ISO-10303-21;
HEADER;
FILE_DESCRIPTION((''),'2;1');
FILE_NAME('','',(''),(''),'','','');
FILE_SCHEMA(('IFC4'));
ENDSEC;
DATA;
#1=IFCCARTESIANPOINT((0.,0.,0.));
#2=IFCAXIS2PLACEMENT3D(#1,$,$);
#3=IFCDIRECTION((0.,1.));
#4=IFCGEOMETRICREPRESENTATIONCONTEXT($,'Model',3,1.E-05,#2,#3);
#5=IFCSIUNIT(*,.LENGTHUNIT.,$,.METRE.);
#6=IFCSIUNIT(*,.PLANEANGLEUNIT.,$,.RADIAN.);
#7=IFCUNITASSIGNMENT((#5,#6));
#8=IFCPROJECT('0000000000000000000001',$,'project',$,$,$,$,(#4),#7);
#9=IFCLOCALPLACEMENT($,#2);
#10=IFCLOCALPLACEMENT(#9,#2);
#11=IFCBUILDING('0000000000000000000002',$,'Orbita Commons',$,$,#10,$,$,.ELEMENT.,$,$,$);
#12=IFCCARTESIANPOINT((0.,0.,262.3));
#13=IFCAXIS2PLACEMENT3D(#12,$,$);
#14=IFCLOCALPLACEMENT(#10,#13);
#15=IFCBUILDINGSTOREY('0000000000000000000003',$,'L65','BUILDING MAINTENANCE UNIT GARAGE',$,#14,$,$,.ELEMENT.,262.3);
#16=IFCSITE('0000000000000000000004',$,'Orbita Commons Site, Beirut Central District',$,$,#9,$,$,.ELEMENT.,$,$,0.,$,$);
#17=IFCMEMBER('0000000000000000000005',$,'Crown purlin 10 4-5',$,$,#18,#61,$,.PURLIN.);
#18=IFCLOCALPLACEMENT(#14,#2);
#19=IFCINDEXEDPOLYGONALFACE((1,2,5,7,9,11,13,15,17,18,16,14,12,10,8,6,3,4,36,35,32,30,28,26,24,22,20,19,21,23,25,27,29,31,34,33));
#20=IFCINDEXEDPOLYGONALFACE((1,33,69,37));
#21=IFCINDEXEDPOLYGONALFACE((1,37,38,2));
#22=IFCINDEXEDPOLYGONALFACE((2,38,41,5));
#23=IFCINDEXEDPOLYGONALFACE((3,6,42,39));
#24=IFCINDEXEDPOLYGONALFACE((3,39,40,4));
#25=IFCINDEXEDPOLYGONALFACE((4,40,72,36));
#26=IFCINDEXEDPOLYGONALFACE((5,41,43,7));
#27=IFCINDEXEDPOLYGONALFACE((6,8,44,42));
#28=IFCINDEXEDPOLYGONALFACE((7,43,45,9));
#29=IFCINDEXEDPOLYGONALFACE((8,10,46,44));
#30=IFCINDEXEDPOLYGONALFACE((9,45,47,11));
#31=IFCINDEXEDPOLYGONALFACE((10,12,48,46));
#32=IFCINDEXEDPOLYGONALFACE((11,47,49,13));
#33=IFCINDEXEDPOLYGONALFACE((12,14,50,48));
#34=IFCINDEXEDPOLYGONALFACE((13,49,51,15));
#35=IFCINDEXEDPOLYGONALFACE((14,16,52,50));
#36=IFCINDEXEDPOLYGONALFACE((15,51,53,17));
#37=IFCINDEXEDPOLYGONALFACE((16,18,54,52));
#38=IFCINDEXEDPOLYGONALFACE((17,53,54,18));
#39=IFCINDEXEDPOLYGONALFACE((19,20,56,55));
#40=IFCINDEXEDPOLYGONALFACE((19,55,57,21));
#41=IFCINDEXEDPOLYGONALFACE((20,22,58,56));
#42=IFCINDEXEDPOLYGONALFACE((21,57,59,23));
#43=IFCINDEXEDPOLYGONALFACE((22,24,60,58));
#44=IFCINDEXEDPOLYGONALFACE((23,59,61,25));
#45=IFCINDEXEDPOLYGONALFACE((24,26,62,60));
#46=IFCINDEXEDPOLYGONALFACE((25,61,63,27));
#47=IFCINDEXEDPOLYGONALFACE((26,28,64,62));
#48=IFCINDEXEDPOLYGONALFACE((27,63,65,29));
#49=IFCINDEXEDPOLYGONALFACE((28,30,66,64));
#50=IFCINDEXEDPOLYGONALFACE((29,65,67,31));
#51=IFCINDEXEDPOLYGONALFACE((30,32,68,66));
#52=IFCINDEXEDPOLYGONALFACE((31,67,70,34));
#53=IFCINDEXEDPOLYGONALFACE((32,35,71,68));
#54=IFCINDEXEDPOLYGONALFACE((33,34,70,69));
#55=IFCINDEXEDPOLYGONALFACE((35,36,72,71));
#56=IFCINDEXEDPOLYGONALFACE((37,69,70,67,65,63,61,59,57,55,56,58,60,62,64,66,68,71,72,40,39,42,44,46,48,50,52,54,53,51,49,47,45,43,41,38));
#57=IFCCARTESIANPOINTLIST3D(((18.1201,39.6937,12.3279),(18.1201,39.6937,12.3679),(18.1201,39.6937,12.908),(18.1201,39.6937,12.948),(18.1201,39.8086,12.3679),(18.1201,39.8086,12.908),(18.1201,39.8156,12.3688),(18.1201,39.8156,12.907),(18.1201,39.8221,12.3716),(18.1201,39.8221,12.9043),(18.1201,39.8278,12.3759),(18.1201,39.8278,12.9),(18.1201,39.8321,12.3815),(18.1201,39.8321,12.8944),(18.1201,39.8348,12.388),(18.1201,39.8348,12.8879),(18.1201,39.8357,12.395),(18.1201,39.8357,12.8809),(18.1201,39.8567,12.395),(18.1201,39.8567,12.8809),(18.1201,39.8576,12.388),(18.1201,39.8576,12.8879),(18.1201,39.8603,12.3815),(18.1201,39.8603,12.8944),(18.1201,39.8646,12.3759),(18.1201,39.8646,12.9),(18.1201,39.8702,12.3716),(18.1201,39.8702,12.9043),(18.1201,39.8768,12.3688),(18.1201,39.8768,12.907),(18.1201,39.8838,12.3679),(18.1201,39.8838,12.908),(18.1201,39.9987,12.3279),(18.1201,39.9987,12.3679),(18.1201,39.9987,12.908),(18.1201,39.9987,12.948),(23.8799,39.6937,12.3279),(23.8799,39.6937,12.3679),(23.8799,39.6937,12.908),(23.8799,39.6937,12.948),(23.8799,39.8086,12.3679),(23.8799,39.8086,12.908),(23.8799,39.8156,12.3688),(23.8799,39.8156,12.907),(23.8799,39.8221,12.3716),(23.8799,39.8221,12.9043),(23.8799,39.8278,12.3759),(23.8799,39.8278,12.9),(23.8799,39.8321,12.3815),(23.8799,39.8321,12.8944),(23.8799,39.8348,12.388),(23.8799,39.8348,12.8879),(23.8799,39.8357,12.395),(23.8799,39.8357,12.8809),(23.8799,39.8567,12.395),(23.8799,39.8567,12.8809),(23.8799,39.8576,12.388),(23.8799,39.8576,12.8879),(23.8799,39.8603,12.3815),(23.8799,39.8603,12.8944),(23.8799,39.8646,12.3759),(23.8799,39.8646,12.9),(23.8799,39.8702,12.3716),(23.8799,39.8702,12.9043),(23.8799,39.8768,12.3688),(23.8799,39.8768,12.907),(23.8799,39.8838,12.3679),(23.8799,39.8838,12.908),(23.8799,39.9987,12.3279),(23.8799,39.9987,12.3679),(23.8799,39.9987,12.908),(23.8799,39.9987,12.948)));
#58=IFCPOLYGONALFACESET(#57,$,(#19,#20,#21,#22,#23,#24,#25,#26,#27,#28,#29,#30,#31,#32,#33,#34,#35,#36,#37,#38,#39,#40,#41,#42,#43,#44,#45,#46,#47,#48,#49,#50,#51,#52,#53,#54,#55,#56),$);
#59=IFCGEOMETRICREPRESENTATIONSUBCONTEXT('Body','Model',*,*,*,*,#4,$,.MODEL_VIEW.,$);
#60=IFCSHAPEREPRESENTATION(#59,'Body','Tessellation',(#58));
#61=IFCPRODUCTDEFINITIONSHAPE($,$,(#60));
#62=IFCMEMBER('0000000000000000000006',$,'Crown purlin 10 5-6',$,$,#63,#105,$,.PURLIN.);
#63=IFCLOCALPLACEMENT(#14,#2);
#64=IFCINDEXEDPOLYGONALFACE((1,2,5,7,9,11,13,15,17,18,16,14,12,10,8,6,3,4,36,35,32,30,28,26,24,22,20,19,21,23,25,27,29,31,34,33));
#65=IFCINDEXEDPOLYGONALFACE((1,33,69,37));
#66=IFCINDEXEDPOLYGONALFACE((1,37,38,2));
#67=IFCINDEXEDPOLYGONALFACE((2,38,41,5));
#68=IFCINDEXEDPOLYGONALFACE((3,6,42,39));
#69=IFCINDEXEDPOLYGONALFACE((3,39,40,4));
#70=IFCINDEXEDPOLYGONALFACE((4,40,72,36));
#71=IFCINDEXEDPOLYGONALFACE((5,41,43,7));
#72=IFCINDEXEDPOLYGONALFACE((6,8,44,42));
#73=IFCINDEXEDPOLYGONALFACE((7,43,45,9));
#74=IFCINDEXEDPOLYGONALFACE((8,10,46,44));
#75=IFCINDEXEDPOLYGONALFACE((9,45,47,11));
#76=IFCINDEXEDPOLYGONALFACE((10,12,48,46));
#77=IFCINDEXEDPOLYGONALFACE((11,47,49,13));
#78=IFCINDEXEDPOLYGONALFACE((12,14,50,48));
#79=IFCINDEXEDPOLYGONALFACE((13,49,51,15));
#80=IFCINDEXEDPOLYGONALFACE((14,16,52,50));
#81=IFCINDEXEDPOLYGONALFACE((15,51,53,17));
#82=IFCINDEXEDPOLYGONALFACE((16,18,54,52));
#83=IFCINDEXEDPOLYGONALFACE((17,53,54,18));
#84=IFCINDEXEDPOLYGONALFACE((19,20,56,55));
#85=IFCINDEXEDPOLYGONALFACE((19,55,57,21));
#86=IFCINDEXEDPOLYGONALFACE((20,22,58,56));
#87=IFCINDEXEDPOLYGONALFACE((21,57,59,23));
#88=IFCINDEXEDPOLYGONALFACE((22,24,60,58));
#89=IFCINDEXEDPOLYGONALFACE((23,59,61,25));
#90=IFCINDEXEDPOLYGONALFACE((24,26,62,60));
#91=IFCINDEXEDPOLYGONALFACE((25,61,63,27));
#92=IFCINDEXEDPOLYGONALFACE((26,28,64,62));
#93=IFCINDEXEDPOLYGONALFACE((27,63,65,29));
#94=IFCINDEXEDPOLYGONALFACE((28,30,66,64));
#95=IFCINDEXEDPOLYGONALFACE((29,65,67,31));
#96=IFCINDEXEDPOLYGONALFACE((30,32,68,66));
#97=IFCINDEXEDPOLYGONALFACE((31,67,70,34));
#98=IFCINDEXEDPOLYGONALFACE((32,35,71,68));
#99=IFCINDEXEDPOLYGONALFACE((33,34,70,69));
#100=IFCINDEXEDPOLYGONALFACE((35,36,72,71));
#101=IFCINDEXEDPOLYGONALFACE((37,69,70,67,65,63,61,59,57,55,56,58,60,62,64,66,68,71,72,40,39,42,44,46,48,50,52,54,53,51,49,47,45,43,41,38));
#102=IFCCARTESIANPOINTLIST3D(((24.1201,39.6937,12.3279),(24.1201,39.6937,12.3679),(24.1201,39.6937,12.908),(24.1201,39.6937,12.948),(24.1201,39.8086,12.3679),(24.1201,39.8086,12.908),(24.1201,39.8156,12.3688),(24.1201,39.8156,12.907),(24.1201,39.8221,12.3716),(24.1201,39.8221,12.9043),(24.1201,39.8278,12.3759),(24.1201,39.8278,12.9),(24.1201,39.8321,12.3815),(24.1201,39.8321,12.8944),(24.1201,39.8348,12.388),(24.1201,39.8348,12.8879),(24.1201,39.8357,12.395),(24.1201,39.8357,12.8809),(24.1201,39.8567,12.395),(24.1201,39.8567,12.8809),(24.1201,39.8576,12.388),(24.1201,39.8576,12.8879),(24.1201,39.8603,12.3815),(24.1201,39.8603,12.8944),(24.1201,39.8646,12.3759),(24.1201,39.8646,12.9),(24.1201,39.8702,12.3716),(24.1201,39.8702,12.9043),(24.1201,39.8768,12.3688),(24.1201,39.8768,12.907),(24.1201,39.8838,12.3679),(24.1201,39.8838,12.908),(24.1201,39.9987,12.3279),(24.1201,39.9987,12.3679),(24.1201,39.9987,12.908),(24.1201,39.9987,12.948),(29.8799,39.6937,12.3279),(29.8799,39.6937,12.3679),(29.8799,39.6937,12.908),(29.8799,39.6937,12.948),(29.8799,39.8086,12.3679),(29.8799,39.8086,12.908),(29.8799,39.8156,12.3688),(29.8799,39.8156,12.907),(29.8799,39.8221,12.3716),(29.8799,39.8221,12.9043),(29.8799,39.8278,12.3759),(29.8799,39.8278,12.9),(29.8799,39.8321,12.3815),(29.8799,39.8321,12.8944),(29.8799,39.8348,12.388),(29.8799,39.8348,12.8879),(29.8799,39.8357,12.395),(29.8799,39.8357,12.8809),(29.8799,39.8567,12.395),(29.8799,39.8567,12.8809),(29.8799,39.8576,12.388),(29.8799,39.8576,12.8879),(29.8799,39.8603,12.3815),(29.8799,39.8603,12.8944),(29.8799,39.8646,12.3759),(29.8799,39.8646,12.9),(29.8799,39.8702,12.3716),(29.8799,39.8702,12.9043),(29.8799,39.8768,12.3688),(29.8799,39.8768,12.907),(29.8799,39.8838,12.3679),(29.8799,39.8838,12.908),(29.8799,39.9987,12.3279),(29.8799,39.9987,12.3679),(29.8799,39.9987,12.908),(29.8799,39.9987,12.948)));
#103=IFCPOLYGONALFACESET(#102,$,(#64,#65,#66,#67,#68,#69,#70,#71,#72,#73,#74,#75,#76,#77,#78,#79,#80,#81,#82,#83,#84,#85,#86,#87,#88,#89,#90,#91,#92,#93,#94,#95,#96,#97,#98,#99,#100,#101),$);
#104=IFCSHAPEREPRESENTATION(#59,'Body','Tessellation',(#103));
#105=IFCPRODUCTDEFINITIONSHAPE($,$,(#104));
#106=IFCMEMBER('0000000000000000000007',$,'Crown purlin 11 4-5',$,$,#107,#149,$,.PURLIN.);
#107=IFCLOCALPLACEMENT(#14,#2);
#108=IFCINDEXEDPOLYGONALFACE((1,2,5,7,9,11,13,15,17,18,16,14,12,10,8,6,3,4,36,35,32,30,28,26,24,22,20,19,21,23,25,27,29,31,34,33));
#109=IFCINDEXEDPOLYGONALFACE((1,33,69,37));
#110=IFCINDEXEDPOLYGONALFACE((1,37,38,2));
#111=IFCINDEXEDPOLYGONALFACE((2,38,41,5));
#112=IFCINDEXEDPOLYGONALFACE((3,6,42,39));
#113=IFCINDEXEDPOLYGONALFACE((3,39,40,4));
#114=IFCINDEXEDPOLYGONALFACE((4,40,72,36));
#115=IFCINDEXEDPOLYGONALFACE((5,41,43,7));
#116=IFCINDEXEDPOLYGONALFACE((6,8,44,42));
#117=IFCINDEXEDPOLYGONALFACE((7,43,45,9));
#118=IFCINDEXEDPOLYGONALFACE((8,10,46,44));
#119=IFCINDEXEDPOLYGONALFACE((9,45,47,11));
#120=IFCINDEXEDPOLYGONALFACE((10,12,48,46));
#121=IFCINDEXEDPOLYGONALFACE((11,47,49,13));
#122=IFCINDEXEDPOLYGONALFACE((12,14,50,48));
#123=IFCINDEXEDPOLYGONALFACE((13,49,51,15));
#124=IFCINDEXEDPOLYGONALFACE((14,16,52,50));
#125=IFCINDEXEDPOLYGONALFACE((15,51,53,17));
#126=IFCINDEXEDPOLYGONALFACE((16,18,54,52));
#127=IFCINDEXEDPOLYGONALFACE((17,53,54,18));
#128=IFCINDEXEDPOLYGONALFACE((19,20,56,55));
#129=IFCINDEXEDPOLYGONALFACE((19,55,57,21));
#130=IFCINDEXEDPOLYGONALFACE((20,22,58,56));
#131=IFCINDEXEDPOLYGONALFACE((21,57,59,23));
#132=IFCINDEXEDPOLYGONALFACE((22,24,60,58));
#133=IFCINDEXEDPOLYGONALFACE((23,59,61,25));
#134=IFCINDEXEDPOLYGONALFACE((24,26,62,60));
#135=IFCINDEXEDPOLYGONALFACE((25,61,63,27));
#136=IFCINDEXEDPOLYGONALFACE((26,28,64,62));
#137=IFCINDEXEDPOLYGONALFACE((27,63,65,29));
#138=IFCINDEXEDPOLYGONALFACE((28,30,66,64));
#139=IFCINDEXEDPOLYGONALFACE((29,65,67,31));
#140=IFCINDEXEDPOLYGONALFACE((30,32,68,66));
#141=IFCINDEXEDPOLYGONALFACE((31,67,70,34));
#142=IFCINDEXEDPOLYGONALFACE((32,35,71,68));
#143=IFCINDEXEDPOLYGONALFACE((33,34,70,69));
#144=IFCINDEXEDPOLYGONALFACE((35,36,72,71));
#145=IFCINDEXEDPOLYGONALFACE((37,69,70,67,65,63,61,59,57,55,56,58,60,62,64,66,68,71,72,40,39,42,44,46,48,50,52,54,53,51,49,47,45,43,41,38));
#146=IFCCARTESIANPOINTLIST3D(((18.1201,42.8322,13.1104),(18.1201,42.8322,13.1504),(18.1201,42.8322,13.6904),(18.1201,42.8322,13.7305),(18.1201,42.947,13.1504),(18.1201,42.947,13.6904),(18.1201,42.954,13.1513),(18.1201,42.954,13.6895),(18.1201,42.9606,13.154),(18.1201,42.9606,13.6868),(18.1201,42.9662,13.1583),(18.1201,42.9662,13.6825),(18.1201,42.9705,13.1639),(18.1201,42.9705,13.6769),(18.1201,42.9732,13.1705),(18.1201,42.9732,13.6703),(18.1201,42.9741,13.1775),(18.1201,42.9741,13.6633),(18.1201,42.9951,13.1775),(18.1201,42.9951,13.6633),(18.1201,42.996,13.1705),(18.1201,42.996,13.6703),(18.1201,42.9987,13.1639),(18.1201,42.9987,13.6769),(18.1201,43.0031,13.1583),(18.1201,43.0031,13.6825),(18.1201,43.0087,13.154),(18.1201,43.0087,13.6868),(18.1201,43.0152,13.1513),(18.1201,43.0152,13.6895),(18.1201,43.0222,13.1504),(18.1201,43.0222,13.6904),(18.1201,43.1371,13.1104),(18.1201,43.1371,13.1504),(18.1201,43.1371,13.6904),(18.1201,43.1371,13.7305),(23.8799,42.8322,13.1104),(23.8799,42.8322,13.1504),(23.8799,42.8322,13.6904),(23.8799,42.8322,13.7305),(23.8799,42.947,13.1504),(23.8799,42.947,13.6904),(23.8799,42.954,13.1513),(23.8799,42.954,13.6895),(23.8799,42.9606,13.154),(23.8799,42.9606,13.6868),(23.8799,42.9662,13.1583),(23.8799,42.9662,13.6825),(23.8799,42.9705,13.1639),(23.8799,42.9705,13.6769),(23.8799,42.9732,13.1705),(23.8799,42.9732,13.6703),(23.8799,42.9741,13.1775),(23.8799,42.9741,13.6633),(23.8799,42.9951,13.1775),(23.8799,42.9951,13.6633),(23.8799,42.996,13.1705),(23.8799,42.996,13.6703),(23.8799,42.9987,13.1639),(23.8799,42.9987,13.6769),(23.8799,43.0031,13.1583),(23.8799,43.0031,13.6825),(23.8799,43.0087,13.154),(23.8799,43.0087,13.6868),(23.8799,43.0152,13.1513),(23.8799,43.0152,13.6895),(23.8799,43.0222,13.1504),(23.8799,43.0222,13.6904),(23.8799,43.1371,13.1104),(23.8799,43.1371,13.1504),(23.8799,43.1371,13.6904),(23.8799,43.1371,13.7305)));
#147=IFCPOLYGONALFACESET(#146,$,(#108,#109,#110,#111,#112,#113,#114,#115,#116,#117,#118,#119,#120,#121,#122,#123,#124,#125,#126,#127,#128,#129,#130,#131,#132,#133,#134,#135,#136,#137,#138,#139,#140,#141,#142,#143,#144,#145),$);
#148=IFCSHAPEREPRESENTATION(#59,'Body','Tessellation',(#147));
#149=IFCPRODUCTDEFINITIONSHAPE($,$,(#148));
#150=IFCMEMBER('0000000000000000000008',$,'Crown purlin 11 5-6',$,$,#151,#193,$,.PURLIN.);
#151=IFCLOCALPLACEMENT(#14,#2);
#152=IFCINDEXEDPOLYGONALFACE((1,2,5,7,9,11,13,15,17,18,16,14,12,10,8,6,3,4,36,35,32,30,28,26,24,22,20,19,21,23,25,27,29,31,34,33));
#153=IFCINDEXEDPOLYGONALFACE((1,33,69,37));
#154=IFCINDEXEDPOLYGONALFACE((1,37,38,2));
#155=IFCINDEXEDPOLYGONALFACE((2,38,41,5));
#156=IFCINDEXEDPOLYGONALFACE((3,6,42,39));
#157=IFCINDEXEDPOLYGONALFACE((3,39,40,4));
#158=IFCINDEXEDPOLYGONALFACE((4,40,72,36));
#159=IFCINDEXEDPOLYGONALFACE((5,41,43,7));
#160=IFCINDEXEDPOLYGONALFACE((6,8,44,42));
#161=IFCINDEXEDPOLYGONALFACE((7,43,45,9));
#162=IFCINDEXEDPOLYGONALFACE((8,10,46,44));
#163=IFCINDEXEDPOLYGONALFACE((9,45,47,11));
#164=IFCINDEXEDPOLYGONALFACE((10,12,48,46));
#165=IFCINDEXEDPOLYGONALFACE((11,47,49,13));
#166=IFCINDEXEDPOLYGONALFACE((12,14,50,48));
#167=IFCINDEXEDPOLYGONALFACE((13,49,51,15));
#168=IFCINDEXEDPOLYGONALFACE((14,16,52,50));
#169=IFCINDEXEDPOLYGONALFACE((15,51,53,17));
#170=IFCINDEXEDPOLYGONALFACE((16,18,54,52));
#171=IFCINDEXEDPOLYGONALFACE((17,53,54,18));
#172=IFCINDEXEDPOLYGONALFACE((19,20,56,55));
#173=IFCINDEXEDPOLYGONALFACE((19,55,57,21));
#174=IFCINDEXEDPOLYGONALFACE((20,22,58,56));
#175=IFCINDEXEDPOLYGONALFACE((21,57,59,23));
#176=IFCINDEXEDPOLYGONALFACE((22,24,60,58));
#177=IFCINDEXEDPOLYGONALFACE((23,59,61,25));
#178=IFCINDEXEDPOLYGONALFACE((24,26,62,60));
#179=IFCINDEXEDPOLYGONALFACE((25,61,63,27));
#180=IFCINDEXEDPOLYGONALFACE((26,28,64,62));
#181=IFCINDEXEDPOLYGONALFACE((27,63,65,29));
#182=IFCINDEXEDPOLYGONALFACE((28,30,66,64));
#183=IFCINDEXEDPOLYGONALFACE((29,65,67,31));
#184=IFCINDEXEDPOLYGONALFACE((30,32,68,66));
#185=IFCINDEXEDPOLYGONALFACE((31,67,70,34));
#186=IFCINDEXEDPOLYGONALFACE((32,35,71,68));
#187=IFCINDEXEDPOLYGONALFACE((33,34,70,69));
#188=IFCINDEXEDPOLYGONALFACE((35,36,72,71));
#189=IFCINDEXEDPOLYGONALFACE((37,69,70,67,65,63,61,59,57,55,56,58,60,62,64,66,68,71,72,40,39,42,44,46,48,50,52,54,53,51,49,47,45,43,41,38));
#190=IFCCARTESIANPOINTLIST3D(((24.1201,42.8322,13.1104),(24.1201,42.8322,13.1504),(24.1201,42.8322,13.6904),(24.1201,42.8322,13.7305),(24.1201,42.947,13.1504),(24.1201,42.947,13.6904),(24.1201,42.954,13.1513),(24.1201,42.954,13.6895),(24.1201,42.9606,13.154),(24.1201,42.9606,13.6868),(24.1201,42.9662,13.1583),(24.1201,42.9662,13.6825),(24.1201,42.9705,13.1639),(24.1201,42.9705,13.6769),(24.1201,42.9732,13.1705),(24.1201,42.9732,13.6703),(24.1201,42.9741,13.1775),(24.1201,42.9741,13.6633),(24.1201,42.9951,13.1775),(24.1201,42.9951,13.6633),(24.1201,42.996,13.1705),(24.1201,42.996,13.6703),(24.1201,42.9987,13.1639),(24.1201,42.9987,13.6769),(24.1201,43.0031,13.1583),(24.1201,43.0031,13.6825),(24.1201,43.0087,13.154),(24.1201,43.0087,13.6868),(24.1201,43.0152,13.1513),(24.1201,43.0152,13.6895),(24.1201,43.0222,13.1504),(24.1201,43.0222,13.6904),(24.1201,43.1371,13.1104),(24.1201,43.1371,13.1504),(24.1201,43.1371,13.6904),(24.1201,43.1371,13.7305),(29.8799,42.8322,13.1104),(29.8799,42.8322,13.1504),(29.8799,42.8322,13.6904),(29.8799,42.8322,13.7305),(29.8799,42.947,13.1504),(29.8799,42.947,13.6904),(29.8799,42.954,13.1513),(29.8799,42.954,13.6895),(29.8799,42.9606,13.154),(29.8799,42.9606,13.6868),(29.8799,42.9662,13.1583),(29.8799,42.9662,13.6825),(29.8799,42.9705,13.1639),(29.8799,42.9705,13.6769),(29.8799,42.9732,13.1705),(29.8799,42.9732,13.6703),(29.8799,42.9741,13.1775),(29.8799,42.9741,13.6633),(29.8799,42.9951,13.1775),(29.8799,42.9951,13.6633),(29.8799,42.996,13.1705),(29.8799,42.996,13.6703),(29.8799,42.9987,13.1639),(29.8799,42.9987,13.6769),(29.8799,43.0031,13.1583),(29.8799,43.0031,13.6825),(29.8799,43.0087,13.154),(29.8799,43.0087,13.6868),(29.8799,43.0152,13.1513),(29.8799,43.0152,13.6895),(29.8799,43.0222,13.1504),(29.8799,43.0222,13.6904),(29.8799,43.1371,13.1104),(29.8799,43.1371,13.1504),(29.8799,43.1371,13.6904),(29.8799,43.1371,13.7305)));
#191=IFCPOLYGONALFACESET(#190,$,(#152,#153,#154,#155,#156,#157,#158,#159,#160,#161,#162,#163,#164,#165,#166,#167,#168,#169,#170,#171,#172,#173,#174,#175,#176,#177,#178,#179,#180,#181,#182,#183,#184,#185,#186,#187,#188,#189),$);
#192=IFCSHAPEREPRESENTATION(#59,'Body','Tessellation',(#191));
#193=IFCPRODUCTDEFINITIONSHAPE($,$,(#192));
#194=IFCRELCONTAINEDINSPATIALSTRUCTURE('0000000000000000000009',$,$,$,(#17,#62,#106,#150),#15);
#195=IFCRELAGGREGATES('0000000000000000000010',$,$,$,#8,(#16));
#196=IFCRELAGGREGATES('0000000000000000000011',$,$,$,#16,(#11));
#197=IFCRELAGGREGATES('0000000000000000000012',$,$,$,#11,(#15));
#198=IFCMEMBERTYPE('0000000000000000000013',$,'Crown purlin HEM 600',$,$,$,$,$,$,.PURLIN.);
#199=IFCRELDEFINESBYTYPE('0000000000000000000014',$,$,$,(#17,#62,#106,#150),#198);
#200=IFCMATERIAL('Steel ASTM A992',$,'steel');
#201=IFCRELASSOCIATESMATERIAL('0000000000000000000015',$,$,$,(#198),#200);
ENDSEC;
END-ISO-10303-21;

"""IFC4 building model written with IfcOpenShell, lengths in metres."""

from ifc_helpers import new_model, si_unit, direction, frame, origin, origin_2d, place, context, subcontext, project, spatial, i_section, extrude, material, material_profile, profile_set, type_object, element, save


model = new_model("IFC4")

# Units and contexts
model_context = context("Model", 3, precision=1e-05, world=origin(), true_north=direction((0.0, 1.0)))
body_context = subcontext(model_context, "Body", "Model", "MODEL_VIEW")
ifc_project = project(units=[si_unit("LENGTHUNIT", "METRE"), si_unit("PLANEANGLEUNIT", "RADIAN")], contexts=[model_context])

# Site, building, storey
site_placement = place(None, origin())
site = spatial("IfcSite", under=ifc_project, at=site_placement, Name="Orbita Commons Site, Beirut Central District", CompositionType="ELEMENT", RefElevation=0.0)
building_placement = place(site_placement, origin())
building = spatial("IfcBuilding", under=site, at=building_placement, Name="Orbita Commons", CompositionType="ELEMENT")
storey_placement = place(building_placement, frame((0.0, 0.0, 262.3)))
storey = spatial("IfcBuildingStorey", under=building, at=storey_placement, Name="L65", Description="BUILDING MAINTENANCE UNIT GARAGE", CompositionType="ELEMENT", Elevation=262.3)

# Members
ifc_material_1 = material(Name="Steel ASTM A992", Category="steel")
ifc_material_profile = material_profile(ifc_material_1, i_section(OverallWidth=0.3049, OverallDepth=0.6201, WebThickness=0.021, FlangeThickness=0.04, FilletRadius=0.0271, at=origin_2d()), Name="HEM 600")
ifc_profile_set = profile_set([ifc_material_profile], Name="Steel ASTM A992")
member_type = type_object("IfcMemberType", Name="Crown purlin HEM 600", PredefinedType="PURLIN", material=ifc_profile_set)
for number, where, z_axis, x_axis, name in (
    (1, (18.1201, 39.8462, 12.6379), (1.0, 0.0, 0.0), (0.0, 1.0, 0.0), "Crown purlin 10 4-5"),
    (2, (24.1201, 39.8462, 12.6379), (1.0, 0.0, 0.0), (0.0, 1.0, 0.0), "Crown purlin 10 5-6"),
    (3, (18.1201, 42.9846, 13.4204), (1.0, 0.0, 0.0), (0.0, 1.0, 0.0), "Crown purlin 11 4-5"),
    (4, (24.1201, 42.9846, 13.4204), (1.0, 0.0, 0.0), (0.0, 1.0, 0.0), "Crown purlin 11 5-6"),
):
    element("IfcMember", number, at=place(storey_placement, frame(where, z_axis=z_axis, x_axis=x_axis)), inside=storey, type_object=member_type, Name=name, PredefinedType="PURLIN", context=body_context, shape_type="SweptSolid", body=[
        extrude(i_section(OverallWidth=0.3049, OverallDepth=0.6201, WebThickness=0.021, FlangeThickness=0.04, FilletRadius=0.0271, at=origin_2d()), origin(), (0.0, 0.0, 1.0), 5.7598),
    ])

save(model, "model.ifc")
